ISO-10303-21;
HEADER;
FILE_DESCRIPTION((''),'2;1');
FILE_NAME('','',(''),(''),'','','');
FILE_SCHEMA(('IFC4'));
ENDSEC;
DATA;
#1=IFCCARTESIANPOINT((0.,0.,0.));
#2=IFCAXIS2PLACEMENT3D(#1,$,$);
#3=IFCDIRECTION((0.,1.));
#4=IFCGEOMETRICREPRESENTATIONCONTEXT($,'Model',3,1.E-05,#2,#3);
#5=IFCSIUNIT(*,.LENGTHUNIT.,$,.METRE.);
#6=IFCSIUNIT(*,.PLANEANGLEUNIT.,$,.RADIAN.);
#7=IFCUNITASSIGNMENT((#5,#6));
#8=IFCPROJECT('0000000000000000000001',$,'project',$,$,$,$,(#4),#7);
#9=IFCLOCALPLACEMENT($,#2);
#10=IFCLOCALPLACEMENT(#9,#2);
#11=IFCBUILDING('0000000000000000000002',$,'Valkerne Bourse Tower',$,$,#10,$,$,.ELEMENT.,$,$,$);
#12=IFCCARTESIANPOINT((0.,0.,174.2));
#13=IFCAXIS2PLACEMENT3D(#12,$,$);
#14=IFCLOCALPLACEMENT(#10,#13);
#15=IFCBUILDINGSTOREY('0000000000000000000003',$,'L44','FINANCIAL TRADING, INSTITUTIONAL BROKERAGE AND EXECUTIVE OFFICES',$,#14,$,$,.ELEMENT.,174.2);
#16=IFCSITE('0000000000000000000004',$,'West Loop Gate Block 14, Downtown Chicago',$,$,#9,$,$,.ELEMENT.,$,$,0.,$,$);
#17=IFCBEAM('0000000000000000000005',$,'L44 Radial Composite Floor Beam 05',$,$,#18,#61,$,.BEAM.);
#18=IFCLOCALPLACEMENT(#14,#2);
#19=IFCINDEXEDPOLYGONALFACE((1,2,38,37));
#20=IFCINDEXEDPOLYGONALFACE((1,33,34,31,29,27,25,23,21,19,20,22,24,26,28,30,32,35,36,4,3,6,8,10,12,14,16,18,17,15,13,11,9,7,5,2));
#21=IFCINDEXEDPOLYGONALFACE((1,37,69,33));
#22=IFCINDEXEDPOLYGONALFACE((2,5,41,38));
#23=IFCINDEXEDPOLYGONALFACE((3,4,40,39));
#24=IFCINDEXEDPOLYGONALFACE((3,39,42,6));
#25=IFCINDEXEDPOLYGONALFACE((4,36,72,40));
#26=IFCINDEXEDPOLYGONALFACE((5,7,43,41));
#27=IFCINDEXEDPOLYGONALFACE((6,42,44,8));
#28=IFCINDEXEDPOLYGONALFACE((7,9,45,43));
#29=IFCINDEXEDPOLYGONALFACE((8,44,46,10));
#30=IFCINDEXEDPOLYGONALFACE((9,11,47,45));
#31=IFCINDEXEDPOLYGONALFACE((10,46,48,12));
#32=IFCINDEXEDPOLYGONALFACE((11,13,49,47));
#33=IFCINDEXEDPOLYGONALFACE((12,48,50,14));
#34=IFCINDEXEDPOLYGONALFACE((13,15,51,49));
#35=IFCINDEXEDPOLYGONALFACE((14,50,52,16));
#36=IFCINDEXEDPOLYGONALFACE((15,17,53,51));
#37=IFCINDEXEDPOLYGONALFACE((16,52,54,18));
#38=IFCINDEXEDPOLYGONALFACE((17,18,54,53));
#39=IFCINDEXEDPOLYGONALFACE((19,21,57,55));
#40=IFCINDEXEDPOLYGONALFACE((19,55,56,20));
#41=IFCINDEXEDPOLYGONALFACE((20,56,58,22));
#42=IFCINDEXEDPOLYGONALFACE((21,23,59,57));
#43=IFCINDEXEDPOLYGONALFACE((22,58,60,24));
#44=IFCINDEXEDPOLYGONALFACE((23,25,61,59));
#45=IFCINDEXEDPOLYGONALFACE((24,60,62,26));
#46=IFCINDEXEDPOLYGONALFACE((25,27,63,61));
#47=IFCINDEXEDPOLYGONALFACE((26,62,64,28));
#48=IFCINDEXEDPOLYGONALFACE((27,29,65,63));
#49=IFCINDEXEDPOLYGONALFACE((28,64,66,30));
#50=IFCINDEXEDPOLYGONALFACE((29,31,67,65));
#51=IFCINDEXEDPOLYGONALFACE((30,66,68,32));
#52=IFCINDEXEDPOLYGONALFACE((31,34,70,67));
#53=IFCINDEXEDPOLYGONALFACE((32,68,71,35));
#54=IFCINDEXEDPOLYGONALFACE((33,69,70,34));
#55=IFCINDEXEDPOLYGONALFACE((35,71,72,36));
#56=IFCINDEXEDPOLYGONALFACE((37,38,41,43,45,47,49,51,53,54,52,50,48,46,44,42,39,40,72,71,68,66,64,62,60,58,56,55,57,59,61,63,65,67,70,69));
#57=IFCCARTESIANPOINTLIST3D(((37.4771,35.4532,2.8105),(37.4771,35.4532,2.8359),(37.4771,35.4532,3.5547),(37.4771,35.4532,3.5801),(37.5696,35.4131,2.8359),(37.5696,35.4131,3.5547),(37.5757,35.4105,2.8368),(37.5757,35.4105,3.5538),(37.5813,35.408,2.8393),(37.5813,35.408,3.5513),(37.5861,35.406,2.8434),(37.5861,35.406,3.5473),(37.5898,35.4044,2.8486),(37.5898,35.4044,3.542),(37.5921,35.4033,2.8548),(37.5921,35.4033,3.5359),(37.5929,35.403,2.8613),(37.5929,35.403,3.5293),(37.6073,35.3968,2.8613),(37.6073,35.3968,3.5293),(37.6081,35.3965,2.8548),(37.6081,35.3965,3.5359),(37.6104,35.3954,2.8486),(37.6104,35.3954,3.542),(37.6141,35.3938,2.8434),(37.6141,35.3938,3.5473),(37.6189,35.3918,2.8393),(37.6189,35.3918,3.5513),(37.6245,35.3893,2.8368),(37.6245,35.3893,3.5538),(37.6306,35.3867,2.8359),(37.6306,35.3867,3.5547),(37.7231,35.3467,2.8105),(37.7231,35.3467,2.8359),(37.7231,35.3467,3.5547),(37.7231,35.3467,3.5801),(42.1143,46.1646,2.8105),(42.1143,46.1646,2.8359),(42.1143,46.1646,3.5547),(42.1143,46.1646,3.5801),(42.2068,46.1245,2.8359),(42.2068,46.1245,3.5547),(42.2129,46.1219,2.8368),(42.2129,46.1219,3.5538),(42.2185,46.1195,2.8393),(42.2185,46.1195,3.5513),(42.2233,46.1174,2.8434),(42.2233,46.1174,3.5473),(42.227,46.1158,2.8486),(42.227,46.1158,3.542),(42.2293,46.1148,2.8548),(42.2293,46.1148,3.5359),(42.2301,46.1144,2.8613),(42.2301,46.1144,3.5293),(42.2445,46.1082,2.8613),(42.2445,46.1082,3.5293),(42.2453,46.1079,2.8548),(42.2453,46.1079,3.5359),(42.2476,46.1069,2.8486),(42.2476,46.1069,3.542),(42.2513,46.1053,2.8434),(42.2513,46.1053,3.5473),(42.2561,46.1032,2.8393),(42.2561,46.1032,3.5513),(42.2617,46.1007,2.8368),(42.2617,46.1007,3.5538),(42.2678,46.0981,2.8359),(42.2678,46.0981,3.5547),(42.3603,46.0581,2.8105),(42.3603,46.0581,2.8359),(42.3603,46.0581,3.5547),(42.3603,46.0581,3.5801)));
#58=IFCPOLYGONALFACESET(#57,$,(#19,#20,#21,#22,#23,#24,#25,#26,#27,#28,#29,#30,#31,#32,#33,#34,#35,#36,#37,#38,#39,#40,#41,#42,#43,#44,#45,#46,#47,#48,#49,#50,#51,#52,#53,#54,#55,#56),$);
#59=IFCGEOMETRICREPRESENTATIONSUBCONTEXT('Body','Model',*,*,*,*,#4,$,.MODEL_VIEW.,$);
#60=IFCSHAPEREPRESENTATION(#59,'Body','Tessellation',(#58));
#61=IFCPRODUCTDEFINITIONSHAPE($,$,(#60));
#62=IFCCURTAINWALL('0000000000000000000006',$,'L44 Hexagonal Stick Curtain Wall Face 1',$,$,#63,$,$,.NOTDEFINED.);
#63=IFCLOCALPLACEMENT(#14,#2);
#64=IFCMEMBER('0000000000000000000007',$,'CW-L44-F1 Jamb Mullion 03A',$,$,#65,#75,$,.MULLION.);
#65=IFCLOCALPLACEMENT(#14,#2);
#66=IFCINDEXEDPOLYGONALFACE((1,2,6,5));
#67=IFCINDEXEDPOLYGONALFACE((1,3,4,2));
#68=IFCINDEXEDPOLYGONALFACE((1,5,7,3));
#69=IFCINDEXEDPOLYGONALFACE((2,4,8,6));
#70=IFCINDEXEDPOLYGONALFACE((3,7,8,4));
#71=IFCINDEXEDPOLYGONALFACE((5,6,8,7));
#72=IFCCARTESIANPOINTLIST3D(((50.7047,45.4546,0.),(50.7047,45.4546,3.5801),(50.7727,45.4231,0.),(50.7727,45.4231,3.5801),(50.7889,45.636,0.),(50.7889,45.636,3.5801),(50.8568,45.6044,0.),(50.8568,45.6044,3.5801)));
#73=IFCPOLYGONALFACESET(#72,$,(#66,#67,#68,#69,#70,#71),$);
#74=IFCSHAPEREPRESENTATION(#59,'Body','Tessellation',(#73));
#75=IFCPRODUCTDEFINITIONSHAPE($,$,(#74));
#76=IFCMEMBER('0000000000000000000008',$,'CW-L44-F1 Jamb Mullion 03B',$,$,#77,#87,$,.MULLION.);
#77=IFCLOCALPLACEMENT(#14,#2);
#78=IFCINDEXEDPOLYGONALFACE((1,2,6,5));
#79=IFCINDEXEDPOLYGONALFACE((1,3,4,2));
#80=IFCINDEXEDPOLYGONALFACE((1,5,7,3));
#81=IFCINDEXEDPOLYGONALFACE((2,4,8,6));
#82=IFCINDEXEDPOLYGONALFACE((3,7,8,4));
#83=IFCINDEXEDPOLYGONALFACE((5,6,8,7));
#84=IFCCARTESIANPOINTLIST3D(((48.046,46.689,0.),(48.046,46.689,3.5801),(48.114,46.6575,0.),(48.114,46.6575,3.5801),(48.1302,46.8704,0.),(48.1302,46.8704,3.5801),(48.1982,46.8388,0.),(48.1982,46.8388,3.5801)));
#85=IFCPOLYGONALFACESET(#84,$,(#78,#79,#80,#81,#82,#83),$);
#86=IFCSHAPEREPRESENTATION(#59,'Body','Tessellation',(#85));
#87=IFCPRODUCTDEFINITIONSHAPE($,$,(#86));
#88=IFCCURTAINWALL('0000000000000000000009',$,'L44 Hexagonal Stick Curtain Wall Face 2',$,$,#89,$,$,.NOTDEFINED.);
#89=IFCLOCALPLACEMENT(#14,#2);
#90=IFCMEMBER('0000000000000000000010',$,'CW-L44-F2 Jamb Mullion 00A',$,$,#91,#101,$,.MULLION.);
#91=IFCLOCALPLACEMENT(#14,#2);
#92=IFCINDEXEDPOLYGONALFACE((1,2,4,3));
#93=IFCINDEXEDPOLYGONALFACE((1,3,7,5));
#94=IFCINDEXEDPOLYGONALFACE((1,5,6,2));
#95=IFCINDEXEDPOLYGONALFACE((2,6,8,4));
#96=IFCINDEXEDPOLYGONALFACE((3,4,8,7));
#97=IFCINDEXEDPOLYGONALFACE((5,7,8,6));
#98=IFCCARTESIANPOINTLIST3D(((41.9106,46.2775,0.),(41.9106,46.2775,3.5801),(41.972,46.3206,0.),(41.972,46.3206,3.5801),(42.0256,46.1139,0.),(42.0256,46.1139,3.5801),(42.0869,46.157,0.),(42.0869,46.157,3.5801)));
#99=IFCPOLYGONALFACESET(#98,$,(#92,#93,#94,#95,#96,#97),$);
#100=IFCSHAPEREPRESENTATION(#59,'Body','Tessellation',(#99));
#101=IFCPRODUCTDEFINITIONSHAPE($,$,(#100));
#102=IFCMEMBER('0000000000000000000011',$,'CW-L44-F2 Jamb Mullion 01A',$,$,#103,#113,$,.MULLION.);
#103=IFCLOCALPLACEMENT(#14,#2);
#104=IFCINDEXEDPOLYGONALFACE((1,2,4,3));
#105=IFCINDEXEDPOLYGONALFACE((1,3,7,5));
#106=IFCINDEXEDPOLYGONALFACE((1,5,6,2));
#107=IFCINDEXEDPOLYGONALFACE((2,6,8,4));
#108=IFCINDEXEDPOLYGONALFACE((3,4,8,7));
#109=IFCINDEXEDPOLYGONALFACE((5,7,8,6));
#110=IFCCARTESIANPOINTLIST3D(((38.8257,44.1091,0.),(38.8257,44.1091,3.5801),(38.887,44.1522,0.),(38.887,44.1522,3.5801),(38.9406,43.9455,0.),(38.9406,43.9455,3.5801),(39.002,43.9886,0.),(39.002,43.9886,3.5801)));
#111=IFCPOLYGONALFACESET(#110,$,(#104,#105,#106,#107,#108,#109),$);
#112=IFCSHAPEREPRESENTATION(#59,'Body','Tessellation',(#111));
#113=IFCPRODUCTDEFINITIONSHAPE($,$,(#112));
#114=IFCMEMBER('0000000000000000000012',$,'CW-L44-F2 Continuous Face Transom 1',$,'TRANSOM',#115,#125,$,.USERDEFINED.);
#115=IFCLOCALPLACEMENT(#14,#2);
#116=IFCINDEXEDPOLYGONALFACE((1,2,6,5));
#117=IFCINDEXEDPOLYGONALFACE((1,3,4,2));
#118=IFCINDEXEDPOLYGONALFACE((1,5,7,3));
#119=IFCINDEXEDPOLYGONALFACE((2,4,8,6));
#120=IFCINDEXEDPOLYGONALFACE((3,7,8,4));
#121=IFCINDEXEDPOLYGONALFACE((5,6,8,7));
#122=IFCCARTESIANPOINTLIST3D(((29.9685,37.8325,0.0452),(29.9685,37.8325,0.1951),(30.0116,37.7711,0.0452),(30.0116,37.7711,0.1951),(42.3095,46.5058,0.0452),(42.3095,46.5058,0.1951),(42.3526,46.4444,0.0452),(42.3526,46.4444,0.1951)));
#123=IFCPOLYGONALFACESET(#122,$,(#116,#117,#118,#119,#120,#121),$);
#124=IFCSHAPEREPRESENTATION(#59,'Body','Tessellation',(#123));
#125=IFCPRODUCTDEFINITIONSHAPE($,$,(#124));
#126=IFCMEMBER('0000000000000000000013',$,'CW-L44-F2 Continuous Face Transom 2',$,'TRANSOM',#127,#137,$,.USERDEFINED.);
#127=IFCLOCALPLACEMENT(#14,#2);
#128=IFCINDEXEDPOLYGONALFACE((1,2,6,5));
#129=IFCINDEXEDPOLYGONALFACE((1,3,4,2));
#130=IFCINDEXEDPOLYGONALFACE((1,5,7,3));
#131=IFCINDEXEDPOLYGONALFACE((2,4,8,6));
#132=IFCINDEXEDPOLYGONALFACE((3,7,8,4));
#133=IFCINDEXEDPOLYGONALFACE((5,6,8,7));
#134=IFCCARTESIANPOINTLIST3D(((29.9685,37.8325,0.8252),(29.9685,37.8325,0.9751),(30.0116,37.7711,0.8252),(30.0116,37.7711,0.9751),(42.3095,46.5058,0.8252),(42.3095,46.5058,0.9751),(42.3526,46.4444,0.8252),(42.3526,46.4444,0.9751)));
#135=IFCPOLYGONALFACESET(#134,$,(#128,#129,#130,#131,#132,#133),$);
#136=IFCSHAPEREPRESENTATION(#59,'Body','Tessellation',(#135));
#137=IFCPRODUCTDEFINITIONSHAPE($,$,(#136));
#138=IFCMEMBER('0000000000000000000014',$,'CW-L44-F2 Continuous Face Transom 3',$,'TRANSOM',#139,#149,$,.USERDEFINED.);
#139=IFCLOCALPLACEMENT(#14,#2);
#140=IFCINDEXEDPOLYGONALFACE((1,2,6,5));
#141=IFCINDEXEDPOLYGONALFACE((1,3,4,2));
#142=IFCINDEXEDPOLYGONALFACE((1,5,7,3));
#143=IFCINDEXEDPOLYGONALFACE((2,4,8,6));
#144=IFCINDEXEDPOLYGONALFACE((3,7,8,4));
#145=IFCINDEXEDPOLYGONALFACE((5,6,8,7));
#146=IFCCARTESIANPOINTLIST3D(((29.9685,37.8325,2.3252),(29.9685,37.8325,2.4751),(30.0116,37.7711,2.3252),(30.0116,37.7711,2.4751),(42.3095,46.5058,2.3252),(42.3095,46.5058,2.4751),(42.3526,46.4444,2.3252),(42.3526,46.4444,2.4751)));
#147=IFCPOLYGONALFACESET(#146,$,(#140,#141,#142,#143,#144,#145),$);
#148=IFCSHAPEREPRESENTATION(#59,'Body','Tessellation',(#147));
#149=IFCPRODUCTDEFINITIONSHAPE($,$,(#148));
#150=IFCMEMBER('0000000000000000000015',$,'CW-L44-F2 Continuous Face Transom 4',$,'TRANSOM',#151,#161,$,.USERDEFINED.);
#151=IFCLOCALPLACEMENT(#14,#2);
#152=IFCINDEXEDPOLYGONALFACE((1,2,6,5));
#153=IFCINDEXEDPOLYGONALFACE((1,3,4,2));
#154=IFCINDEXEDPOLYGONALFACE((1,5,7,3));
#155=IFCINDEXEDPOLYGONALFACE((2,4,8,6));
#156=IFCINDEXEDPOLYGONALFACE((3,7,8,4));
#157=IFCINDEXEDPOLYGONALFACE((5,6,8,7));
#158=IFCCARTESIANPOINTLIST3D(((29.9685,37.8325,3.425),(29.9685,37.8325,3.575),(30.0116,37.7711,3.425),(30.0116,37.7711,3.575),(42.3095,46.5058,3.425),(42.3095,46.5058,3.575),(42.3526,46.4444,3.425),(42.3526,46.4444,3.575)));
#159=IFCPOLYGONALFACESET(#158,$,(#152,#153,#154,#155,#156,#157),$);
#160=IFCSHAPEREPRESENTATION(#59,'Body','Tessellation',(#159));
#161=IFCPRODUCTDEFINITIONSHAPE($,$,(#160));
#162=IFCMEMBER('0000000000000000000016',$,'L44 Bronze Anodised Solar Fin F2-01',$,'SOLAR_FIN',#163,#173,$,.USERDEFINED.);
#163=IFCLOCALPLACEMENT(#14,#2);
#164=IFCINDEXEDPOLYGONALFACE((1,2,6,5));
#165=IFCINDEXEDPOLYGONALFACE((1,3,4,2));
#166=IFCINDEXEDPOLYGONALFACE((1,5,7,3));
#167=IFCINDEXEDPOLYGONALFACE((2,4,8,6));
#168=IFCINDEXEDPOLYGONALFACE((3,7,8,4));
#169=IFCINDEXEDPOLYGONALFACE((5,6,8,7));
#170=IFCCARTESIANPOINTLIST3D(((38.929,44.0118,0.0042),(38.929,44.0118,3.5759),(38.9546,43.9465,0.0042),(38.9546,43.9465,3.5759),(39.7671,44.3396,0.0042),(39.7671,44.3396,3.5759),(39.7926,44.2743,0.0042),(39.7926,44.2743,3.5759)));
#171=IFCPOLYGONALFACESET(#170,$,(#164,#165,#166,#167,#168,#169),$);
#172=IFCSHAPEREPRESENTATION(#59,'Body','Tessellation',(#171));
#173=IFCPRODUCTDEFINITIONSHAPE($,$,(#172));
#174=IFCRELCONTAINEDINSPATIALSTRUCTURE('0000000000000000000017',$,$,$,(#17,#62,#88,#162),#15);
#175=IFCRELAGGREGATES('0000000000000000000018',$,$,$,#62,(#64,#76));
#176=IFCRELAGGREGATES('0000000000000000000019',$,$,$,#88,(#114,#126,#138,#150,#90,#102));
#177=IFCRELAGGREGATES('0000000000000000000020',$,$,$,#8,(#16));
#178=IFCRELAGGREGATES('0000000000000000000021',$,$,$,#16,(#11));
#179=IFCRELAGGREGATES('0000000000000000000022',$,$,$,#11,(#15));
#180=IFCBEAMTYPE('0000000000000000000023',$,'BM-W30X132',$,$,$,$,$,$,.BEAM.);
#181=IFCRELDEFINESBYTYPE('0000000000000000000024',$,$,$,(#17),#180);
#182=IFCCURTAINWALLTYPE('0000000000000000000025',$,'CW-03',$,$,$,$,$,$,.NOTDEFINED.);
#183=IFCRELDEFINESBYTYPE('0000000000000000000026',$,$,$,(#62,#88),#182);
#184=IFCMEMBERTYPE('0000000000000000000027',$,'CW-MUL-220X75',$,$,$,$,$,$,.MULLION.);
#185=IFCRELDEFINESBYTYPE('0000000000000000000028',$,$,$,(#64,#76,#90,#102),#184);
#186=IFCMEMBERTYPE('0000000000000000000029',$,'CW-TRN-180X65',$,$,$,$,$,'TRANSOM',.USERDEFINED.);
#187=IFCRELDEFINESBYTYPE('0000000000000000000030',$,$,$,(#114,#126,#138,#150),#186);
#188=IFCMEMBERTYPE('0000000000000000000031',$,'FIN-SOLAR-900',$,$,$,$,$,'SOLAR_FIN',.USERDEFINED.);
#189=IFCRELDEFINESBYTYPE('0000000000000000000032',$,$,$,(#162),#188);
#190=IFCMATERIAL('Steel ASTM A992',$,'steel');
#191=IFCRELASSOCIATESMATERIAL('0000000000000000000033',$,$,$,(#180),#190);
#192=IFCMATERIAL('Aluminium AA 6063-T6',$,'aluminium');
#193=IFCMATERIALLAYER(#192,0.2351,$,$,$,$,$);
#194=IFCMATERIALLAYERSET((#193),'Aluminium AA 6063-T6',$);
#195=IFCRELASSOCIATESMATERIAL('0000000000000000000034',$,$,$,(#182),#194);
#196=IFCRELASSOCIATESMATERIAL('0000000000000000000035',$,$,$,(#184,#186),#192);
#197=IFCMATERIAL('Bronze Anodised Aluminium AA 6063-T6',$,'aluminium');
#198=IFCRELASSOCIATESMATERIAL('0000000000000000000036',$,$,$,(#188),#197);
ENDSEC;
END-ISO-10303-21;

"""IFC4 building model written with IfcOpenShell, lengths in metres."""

from ifc_helpers import new_model, si_unit, direction, frame, origin, origin_2d, place, context, subcontext, project, spatial, rectangle, i_section, extrude, material, layer, layer_set, material_profile, profile_set, type_object, element, aggregate, save


model = new_model("IFC4")

# Units and contexts
model_context = context("Model", 3, precision=1e-05, world=origin(), true_north=direction((0.0, 1.0)))
body_context = subcontext(model_context, "Body", "Model", "MODEL_VIEW")
ifc_project = project(units=[si_unit("LENGTHUNIT", "METRE"), si_unit("PLANEANGLEUNIT", "RADIAN")], contexts=[model_context])

# Site, building, storey
site_placement = place(None, origin())
site = spatial("IfcSite", under=ifc_project, at=site_placement, Name="West Loop Gate Block 14, Downtown Chicago", CompositionType="ELEMENT", RefElevation=0.0)
building_placement = place(site_placement, origin())
building = spatial("IfcBuilding", under=site, at=building_placement, Name="Valkerne Bourse Tower", CompositionType="ELEMENT")
storey_placement = place(building_placement, frame((0.0, 0.0, 174.2)))
storey = spatial("IfcBuildingStorey", under=building, at=storey_placement, Name="L44", Description="FINANCIAL TRADING, INSTITUTIONAL BROKERAGE AND EXECUTIVE OFFICES", CompositionType="ELEMENT", Elevation=174.2)

# Beam
ifc_material_1 = material(Name="Steel ASTM A992", Category="steel")
ifc_material_profile_1 = material_profile(ifc_material_1, i_section(OverallWidth=0.2681, OverallDepth=0.7695, WebThickness=0.0156, FlangeThickness=0.0254, FilletRadius=0.0254, at=origin_2d()), Name="W30X132")
ifc_profile_set_1 = profile_set([ifc_material_profile_1], Name="Steel ASTM A992")
beam_type_1 = type_object("IfcBeamType", Name="BM-W30X132", PredefinedType="BEAM", material=ifc_profile_set_1)
beam_1_placement = place(storey_placement, frame((42.2373, 46.1113, 3.1953), z_axis=(-0.397289, -0.917693, 0.0), x_axis=(0.917693, -0.397289, 0.0)))
element("IfcBeam", 1, at=beam_1_placement, inside=storey, type_object=beam_type_1, Name="L44 Radial Composite Floor Beam 05", PredefinedType="BEAM", context=body_context, shape_type="SweptSolid", body=[
    extrude(i_section(OverallWidth=0.2681, OverallDepth=0.7695, WebThickness=0.0156, FlangeThickness=0.0254, FilletRadius=0.0254, at=origin_2d()), origin(), (0.0, 0.0, 1.0), 11.6721),
])

# Curtain walls, members
ifc_material_2 = material(Name="Aluminium AA 6063-T6", Category="aluminium")
ifc_layer_1 = layer(ifc_material_2, 0.2351)
ifc_layer_set_1 = layer_set([ifc_layer_1], Name="Aluminium AA 6063-T6")
curtain_wall_type = type_object("IfcCurtainWallType", Name="CW-03", PredefinedType="NOTDEFINED", material=ifc_layer_set_1)
curtain_wall_1_placement = place(storey_placement, origin())
curtain_wall_1 = element("IfcCurtainWall", 2, at=curtain_wall_1_placement, inside=storey, type_object=curtain_wall_type, Name="L44 Hexagonal Stick Curtain Wall Face 1", PredefinedType="NOTDEFINED")
ifc_material_profile_2 = material_profile(ifc_material_2, rectangle(XDim=0.075, YDim=0.2, at=origin_2d()), Name="CWM-75X200")
ifc_profile_set_2 = profile_set([ifc_material_profile_2], Name="Aluminium AA 6063-T6")
member_type_1 = type_object("IfcMemberType", Name="CW-MUL-220X75", PredefinedType="MULLION", material=ifc_profile_set_2)
member_1_placement = place(storey_placement, frame((50.7808, 45.5295, 0.0), z_axis=(0.0, 0.0, 1.0), x_axis=(-0.907038, 0.421048, 0.0)))
member_1 = element("IfcMember", 3, at=member_1_placement, type_object=member_type_1, Name="CW-L44-F1 Jamb Mullion 03A", PredefinedType="MULLION", context=body_context, shape_type="SweptSolid", body=[
    extrude(rectangle(XDim=0.075, YDim=0.2, at=origin_2d()), origin(), (0.0, 0.0, 1.0), 3.5801),
])
member_2_placement = place(storey_placement, frame((48.1221, 46.7639, 0.0), z_axis=(0.0, 0.0, 1.0), x_axis=(-0.907038, 0.421048, 0.0)))
member_2 = element("IfcMember", 4, at=member_2_placement, type_object=member_type_1, Name="CW-L44-F1 Jamb Mullion 03B", PredefinedType="MULLION", context=body_context, shape_type="SweptSolid", body=[
    extrude(rectangle(XDim=0.075, YDim=0.2, at=origin_2d()), origin(), (0.0, 0.0, 1.0), 3.5801),
])
curtain_wall_2_placement = place(storey_placement, origin())
curtain_wall_2 = element("IfcCurtainWall", 5, at=curtain_wall_2_placement, inside=storey, type_object=curtain_wall_type, Name="L44 Hexagonal Stick Curtain Wall Face 2", PredefinedType="NOTDEFINED")
member_3_placement = place(storey_placement, frame((41.9988, 46.2173, 0.0), z_axis=(0.0, 0.0, 1.0), x_axis=(-0.818139, -0.57502, 0.0)))
member_3 = element("IfcMember", 6, at=member_3_placement, type_object=member_type_1, Name="CW-L44-F2 Jamb Mullion 00A", PredefinedType="MULLION", context=body_context, shape_type="SweptSolid", body=[
    extrude(rectangle(XDim=0.075, YDim=0.2, at=origin_2d()), origin(), (0.0, 0.0, 1.0), 3.5801),
])
member_4_placement = place(storey_placement, frame((38.9138, 44.0488, 0.0), z_axis=(0.0, 0.0, 1.0), x_axis=(-0.81816, -0.57499, 0.0)))
member_4 = element("IfcMember", 7, at=member_4_placement, type_object=member_type_1, Name="CW-L44-F2 Jamb Mullion 01A", PredefinedType="MULLION", context=body_context, shape_type="SweptSolid", body=[
    extrude(rectangle(XDim=0.075, YDim=0.2, at=origin_2d()), origin(), (0.0, 0.0, 1.0), 3.5801),
])
ifc_material_profile_3 = material_profile(ifc_material_2, rectangle(XDim=0.075, YDim=0.1499, at=origin_2d()), Name="CWT-75X150")
ifc_profile_set_3 = profile_set([ifc_material_profile_3], Name="Aluminium AA 6063-T6")
member_type_2 = type_object("IfcMemberType", Name="CW-TRN-180X65", ElementType="TRANSOM", PredefinedType="USERDEFINED", material=ifc_profile_set_3)
member_5_placement = place(storey_placement, frame((42.3311, 46.4751, 0.1201), z_axis=(-0.818153, -0.575001, 0.0), x_axis=(0.575001, -0.818153, 0.0)))
member_5 = element("IfcMember", 8, at=member_5_placement, type_object=member_type_2, Name="CW-L44-F2 Continuous Face Transom 1", ObjectType="TRANSOM", PredefinedType="USERDEFINED", context=body_context, shape_type="SweptSolid", body=[
    extrude(rectangle(XDim=0.075, YDim=0.1499, at=origin_2d()), origin(), (0.0, 0.0, 1.0), 15.084),
])
member_6_placement = place(storey_placement, frame((42.3311, 46.4751, 0.9001), z_axis=(-0.818153, -0.575001, 0.0), x_axis=(0.575001, -0.818153, 0.0)))
member_6 = element("IfcMember", 9, at=member_6_placement, type_object=member_type_2, Name="CW-L44-F2 Continuous Face Transom 2", ObjectType="TRANSOM", PredefinedType="USERDEFINED", context=body_context, shape_type="SweptSolid", body=[
    extrude(rectangle(XDim=0.075, YDim=0.1499, at=origin_2d()), origin(), (0.0, 0.0, 1.0), 15.084),
])
member_7_placement = place(storey_placement, frame((42.3311, 46.4751, 2.4001), z_axis=(-0.818153, -0.575001, 0.0), x_axis=(0.575001, -0.818153, 0.0)))
member_7 = element("IfcMember", 10, at=member_7_placement, type_object=member_type_2, Name="CW-L44-F2 Continuous Face Transom 3", ObjectType="TRANSOM", PredefinedType="USERDEFINED", context=body_context, shape_type="SweptSolid", body=[
    extrude(rectangle(XDim=0.075, YDim=0.1499, at=origin_2d()), origin(), (0.0, 0.0, 1.0), 15.084),
])
member_8_placement = place(storey_placement, frame((42.3311, 46.4751, 3.5), z_axis=(-0.818153, -0.575001, 0.0), x_axis=(0.575001, -0.818153, 0.0)))
member_8 = element("IfcMember", 11, at=member_8_placement, type_object=member_type_2, Name="CW-L44-F2 Continuous Face Transom 4", ObjectType="TRANSOM", PredefinedType="USERDEFINED", context=body_context, shape_type="SweptSolid", body=[
    extrude(rectangle(XDim=0.075, YDim=0.1499, at=origin_2d()), origin(), (0.0, 0.0, 1.0), 15.084),
])

# Member
ifc_material_3 = material(Name="Bronze Anodised Aluminium AA 6063-T6", Category="aluminium")
ifc_material_profile_4 = material_profile(ifc_material_3, rectangle(XDim=0.0701, YDim=0.8999, at=origin_2d()), Name="FIN-70X900")
ifc_profile_set_4 = profile_set([ifc_material_profile_4], Name="Bronze Anodised Aluminium AA 6063-T6")
member_type_3 = type_object("IfcMemberType", Name="FIN-SOLAR-900", ElementType="SOLAR_FIN", PredefinedType="USERDEFINED", material=ifc_profile_set_4)
member_9_placement = place(storey_placement, frame((39.3608, 44.1431, 0.0042), z_axis=(0.0, 0.0, 1.0), x_axis=(-0.36424, 0.931305, 0.0)))
element("IfcMember", 12, at=member_9_placement, inside=storey, type_object=member_type_3, Name="L44 Bronze Anodised Solar Fin F2-01", ObjectType="SOLAR_FIN", PredefinedType="USERDEFINED", context=body_context, shape_type="SweptSolid", body=[
    extrude(rectangle(XDim=0.0701, YDim=0.8999, at=origin_2d()), origin(), (0.0, 0.0, 1.0), 3.5718),
])

aggregate(curtain_wall_1, [member_1, member_2])
aggregate(curtain_wall_2, [member_5, member_6, member_7, member_8, member_3, member_4])

save(model, "model.ifc")
